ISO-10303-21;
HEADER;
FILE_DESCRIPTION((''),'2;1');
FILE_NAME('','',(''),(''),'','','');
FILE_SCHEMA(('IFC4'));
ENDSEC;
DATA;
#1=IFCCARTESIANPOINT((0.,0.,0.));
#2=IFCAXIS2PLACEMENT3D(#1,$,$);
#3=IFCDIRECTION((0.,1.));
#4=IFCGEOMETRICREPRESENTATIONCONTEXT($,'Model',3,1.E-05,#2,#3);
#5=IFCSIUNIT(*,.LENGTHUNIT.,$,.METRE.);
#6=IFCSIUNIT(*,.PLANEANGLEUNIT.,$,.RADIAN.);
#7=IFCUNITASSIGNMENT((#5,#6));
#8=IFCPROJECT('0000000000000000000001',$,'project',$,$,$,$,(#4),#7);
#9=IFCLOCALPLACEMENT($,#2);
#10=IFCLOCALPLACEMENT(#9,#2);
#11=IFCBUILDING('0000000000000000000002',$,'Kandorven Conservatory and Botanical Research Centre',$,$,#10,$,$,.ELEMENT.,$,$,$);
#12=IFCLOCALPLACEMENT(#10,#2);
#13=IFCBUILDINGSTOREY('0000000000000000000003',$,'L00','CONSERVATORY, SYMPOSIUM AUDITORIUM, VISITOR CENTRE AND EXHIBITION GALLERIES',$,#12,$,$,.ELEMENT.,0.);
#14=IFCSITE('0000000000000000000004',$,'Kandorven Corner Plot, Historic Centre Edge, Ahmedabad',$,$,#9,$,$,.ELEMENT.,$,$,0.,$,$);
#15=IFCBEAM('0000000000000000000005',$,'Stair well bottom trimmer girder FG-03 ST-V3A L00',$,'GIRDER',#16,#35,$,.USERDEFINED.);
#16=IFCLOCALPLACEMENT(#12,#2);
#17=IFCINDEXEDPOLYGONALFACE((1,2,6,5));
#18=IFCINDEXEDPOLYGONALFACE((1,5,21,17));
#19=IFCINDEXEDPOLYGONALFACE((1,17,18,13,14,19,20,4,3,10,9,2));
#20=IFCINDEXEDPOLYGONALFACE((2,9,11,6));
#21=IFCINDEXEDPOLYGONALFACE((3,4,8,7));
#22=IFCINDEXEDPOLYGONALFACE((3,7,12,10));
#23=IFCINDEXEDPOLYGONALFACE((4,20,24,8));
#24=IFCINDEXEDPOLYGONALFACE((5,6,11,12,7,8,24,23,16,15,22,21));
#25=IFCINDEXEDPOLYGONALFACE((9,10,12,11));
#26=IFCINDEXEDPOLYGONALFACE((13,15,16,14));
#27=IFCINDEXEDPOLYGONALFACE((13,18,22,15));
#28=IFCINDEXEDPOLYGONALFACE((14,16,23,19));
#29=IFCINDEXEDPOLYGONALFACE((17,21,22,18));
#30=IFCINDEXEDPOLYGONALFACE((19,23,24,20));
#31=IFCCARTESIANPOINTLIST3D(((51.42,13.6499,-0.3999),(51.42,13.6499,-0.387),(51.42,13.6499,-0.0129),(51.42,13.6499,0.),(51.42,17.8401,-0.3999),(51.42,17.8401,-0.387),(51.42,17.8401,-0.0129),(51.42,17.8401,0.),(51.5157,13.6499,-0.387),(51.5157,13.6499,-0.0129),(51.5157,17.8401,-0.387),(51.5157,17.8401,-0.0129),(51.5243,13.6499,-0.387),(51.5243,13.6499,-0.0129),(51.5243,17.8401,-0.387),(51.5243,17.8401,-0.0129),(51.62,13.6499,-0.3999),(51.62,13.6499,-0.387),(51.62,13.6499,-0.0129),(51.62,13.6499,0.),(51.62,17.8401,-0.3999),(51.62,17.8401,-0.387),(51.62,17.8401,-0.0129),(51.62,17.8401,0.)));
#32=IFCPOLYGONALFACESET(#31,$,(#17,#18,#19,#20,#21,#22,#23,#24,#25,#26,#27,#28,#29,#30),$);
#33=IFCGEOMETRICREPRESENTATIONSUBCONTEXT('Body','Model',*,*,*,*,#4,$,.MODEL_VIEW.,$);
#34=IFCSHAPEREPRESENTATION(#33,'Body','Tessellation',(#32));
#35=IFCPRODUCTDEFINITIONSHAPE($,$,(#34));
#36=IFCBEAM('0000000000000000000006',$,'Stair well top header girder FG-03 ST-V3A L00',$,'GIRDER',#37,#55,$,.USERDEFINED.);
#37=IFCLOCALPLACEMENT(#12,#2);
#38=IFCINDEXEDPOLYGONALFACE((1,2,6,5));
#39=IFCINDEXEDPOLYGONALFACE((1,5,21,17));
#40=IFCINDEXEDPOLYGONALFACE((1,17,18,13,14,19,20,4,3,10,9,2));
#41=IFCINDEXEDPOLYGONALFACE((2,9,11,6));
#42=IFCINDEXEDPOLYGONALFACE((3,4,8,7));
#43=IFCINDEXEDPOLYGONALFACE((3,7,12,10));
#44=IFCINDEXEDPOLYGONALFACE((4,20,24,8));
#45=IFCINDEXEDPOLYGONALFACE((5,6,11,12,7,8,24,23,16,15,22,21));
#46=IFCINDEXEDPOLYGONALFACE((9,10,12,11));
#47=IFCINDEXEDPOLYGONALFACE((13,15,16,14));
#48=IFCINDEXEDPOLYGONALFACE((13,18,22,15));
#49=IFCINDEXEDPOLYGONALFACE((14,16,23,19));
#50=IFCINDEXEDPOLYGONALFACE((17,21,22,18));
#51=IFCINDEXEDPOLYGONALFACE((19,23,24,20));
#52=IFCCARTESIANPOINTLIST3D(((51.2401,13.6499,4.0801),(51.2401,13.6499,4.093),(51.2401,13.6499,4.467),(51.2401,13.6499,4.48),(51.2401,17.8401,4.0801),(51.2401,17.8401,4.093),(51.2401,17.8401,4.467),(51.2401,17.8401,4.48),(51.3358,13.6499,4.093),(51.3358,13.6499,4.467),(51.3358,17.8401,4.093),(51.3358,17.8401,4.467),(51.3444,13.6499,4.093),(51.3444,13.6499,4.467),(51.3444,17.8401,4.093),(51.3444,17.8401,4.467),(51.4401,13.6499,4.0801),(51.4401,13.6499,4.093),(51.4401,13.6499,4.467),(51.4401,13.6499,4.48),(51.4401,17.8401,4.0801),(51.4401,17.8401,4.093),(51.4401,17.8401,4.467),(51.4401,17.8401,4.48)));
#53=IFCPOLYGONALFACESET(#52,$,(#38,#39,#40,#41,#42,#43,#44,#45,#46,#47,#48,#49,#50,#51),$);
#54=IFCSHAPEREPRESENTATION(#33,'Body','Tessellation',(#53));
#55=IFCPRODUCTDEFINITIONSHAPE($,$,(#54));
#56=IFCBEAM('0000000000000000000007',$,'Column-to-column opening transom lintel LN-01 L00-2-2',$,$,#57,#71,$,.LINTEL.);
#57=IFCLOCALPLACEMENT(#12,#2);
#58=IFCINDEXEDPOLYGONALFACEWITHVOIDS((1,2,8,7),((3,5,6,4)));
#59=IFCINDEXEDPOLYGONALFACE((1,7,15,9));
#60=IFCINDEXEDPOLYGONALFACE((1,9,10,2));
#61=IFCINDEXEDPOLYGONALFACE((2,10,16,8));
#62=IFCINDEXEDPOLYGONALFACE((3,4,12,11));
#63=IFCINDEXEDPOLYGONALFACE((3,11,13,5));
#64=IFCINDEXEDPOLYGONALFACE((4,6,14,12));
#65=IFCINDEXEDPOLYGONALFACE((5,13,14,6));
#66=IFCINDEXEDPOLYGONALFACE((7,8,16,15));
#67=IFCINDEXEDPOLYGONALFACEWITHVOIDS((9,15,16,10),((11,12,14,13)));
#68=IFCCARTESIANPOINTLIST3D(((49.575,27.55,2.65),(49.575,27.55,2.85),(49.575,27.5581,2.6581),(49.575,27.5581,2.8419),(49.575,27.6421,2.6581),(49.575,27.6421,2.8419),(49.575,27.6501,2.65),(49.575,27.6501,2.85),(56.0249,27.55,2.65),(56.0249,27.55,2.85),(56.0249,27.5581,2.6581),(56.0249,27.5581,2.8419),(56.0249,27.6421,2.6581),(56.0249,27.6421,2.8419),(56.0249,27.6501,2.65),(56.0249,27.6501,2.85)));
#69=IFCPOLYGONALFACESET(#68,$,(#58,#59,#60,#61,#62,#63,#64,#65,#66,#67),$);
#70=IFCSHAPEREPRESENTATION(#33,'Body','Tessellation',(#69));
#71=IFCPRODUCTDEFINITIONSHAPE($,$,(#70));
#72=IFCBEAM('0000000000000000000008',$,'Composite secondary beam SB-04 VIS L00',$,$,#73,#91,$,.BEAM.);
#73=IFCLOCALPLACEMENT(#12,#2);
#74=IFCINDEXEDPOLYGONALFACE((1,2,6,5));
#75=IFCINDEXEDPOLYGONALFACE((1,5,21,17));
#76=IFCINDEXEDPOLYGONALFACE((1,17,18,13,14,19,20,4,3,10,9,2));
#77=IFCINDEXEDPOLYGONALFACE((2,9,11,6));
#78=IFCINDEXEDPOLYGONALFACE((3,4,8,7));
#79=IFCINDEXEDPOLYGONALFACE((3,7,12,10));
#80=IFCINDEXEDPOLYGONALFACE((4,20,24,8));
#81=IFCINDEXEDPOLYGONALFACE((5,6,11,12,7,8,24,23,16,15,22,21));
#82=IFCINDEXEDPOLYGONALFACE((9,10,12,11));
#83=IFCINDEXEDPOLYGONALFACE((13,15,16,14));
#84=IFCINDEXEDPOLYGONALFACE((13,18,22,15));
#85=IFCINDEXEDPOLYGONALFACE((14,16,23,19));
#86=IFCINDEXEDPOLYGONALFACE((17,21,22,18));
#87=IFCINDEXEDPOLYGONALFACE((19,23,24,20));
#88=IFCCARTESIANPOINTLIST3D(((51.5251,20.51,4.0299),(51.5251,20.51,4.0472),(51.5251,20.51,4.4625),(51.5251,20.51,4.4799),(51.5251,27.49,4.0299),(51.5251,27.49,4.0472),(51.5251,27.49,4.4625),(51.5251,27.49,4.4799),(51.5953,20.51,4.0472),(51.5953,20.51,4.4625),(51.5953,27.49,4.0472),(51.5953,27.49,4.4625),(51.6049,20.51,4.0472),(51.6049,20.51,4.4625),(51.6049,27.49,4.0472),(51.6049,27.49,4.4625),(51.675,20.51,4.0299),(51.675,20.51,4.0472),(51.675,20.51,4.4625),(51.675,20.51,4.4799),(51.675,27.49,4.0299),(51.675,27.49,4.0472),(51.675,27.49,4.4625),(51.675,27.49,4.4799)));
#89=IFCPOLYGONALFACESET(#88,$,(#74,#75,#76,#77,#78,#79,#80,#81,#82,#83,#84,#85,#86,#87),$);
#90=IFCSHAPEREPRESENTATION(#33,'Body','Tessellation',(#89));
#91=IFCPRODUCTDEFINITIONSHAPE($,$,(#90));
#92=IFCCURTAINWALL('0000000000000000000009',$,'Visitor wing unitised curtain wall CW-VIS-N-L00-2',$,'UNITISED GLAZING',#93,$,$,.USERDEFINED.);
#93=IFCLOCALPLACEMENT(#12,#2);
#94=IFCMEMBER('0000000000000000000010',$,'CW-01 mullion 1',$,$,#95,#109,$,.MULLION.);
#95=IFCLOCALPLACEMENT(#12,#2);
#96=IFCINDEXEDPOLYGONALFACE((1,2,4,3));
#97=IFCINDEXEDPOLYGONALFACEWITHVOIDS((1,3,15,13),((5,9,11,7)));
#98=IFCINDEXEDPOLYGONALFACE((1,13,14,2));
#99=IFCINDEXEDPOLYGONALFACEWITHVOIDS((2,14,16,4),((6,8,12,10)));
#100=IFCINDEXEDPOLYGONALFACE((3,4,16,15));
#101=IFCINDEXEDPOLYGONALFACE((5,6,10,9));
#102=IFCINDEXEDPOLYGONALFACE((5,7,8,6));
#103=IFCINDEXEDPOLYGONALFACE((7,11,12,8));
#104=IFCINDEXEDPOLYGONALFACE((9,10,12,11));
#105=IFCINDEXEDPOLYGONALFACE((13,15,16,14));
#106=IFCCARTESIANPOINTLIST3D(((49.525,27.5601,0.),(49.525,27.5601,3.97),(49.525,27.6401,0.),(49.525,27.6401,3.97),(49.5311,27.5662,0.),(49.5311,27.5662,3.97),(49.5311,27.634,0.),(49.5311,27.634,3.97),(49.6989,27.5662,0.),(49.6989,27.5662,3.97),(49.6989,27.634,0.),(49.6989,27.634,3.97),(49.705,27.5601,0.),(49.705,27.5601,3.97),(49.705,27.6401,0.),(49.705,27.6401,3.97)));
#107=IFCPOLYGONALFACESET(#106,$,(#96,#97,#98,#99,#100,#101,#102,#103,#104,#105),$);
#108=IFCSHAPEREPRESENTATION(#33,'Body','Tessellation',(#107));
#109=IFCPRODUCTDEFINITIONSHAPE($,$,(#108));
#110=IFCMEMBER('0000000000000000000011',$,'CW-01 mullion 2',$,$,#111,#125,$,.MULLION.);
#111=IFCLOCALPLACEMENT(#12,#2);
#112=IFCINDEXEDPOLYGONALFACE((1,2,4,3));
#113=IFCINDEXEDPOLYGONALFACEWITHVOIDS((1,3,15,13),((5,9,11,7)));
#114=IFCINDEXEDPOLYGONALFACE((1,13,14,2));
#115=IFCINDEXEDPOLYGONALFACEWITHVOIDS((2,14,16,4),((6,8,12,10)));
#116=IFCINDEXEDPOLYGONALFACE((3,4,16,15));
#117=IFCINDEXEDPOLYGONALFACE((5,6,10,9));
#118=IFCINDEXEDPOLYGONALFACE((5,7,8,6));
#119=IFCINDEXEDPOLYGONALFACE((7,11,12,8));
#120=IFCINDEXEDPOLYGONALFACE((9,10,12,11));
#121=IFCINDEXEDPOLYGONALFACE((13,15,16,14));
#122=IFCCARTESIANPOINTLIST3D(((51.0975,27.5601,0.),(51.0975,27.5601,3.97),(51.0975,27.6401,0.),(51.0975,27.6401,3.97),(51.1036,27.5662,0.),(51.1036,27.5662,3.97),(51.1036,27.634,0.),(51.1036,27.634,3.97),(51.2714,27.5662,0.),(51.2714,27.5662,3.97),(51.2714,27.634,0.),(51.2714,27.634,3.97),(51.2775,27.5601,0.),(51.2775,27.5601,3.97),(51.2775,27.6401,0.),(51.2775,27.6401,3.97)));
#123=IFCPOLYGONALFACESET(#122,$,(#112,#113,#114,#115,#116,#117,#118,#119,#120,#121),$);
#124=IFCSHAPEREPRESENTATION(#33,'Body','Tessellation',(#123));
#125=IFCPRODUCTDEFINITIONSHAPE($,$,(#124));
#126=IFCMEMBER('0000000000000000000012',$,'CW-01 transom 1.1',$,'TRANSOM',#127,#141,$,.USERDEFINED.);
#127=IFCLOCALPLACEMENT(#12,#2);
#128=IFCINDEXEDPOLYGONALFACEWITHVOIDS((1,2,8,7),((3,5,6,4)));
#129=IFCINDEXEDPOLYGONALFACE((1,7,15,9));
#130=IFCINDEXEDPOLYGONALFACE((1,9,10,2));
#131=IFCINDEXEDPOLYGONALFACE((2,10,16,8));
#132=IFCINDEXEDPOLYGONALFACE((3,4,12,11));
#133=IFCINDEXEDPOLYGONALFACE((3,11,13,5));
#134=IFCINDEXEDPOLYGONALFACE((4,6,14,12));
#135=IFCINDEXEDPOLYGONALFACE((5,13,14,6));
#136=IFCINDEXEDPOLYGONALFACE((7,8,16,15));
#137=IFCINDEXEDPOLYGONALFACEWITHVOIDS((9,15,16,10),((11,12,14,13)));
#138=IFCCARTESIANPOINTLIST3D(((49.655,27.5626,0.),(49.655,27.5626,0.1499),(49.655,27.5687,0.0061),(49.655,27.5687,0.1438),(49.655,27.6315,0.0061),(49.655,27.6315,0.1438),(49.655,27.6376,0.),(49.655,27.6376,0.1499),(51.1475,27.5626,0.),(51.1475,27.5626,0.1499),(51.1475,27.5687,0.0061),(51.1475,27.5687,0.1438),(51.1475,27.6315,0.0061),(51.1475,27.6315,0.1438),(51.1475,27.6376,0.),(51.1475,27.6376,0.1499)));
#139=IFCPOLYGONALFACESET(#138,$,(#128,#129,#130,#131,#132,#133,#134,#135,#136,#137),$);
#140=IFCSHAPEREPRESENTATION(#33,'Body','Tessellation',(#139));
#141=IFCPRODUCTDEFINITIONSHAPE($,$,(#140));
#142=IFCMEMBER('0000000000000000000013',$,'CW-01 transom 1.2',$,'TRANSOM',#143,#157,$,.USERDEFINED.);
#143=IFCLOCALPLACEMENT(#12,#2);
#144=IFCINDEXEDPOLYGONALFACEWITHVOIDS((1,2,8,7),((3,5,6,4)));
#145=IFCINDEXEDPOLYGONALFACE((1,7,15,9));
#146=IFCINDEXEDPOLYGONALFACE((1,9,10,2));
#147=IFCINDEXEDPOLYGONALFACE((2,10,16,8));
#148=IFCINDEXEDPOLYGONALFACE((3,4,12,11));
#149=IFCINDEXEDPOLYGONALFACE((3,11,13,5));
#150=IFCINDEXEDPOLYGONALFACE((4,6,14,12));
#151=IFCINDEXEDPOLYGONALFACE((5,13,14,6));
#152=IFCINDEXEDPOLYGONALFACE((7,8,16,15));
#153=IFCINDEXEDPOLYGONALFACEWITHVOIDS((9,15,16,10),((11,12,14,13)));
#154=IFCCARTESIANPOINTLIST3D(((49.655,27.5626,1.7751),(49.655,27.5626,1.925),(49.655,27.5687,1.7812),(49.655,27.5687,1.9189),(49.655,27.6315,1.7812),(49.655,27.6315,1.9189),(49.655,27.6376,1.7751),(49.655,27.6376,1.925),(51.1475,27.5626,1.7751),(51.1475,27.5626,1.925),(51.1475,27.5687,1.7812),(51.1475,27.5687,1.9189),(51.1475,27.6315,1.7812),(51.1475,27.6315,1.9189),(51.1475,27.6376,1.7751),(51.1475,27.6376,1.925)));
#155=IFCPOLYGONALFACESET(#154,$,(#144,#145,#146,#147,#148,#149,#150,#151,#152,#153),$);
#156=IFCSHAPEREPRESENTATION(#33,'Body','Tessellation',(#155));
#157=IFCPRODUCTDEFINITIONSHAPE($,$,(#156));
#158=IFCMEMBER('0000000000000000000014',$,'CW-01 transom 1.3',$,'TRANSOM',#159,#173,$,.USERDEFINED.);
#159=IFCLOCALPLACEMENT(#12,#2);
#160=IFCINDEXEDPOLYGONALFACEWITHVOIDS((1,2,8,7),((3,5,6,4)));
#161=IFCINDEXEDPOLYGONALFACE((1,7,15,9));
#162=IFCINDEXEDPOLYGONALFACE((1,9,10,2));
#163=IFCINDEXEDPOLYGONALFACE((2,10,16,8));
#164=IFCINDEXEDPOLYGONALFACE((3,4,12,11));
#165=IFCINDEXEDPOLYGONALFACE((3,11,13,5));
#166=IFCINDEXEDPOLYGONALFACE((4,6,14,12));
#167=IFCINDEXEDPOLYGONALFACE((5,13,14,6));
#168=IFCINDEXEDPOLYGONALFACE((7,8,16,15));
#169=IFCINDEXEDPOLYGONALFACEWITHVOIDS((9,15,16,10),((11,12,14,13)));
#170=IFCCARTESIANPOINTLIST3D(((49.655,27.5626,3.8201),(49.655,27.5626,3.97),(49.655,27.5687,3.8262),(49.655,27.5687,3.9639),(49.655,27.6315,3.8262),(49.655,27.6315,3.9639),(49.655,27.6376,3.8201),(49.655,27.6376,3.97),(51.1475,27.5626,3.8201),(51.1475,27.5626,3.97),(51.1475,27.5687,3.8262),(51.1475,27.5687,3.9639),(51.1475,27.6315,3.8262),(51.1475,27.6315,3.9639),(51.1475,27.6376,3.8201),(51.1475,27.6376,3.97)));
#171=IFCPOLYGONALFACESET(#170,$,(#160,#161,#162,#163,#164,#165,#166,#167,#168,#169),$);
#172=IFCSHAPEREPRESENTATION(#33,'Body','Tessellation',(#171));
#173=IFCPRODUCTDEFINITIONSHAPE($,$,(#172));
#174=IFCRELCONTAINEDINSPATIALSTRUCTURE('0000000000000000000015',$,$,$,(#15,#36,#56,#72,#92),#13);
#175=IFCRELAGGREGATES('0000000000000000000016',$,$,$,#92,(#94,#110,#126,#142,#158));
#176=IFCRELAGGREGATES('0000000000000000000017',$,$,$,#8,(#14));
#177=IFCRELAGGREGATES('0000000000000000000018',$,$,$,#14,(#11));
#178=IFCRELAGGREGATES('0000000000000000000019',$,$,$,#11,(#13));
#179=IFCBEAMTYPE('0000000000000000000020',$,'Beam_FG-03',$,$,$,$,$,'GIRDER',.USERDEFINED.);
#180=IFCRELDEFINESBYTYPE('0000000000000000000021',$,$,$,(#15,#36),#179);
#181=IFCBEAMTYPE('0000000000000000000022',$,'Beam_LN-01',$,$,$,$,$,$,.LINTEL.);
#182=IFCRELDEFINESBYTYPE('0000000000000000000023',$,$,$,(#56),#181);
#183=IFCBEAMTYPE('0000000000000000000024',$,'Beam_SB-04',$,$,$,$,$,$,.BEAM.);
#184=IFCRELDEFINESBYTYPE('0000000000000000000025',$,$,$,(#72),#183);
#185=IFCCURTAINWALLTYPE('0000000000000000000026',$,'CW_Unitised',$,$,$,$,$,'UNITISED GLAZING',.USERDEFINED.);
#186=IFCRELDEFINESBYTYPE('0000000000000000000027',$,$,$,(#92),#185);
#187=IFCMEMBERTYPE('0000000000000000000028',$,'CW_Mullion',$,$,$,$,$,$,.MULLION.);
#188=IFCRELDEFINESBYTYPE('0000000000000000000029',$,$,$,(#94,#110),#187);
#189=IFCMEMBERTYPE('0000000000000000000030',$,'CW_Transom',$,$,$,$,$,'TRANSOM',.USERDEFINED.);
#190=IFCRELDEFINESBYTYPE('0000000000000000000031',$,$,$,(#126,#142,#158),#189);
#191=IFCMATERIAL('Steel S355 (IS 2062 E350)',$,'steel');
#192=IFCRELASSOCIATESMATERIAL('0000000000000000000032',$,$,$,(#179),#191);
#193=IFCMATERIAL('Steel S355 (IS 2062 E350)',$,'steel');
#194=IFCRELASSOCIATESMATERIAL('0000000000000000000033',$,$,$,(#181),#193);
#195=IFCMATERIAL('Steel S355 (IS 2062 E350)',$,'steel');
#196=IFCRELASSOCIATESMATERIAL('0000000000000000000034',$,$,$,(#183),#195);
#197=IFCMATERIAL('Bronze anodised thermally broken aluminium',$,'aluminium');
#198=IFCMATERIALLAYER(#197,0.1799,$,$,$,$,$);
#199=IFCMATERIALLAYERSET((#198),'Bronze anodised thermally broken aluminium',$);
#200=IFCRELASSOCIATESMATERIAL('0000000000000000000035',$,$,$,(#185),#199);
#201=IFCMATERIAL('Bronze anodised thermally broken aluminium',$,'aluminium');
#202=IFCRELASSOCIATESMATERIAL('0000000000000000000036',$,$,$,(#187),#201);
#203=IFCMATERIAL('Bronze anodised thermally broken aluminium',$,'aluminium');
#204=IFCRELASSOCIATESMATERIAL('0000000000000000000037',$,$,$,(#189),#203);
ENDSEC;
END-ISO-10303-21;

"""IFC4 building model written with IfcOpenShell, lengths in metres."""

from ifc_helpers import new_model, si_unit, direction, frame, origin, origin_2d, place, context, subcontext, project, spatial, hollow_rectangle, i_section, extrude, material, layer, layer_set, material_profile, profile_set, type_object, element, aggregate, save


model = new_model("IFC4")

# Units and contexts
model_context = context("Model", 3, precision=1e-05, world=origin(), true_north=direction((0.0, 1.0)))
body_context = subcontext(model_context, "Body", "Model", "MODEL_VIEW")
ifc_project = project(units=[si_unit("LENGTHUNIT", "METRE"), si_unit("PLANEANGLEUNIT", "RADIAN")], contexts=[model_context])

# Site, building, storey
site_placement = place(None, origin())
site = spatial("IfcSite", under=ifc_project, at=site_placement, Name="Kandorven Corner Plot, Historic Centre Edge, Ahmedabad", CompositionType="ELEMENT", RefElevation=0.0)
building_placement = place(site_placement, origin())
building = spatial("IfcBuilding", under=site, at=building_placement, Name="Kandorven Conservatory and Botanical Research Centre", CompositionType="ELEMENT")
storey_placement = place(building_placement, origin())
storey = spatial("IfcBuildingStorey", under=building, at=storey_placement, Name="L00", Description="CONSERVATORY, SYMPOSIUM AUDITORIUM, VISITOR CENTRE AND EXHIBITION GALLERIES", CompositionType="ELEMENT", Elevation=0.0)

# Beams
ifc_material_1 = material(Name="Steel S355 (IS 2062 E350)", Category="steel")
ifc_material_profile_1 = material_profile(ifc_material_1, i_section(OverallWidth=0.2, OverallDepth=0.3999, WebThickness=0.0085, FlangeThickness=0.0129, at=origin_2d()))
ifc_profile_set_1 = profile_set([ifc_material_profile_1], Name="Steel S355 (IS 2062 E350)")
beam_type_1 = type_object("IfcBeamType", Name="Beam_FG-03", ElementType="GIRDER", PredefinedType="USERDEFINED", material=ifc_profile_set_1)
for number, where, z_axis, x_axis, name in (
    (1, (51.52, 13.6499, -0.2), (0.0, 1.0, 0.0), (-1.0, 0.0, 0.0), "Stair well bottom trimmer girder FG-03 ST-V3A L00"),
    (2, (51.3401, 13.6499, 4.28), (0.0, 1.0, 0.0), (-1.0, 0.0, 0.0), "Stair well top header girder FG-03 ST-V3A L00"),
):
    element("IfcBeam", number, at=place(storey_placement, frame(where, z_axis=z_axis, x_axis=x_axis)), inside=storey, type_object=beam_type_1, Name=name, ObjectType="GIRDER", PredefinedType="USERDEFINED", context=body_context, shape_type="SweptSolid", body=[
        extrude(i_section(OverallWidth=0.2, OverallDepth=0.3999, WebThickness=0.0085, FlangeThickness=0.0129, at=origin_2d()), origin(), (0.0, 0.0, 1.0), 4.1902),
    ])
ifc_material_2 = material(Name="Steel S355 (IS 2062 E350)", Category="steel")
ifc_material_profile_2 = material_profile(ifc_material_2, hollow_rectangle(XDim=0.1001, YDim=0.2, WallThickness=0.0081, at=origin_2d()))
ifc_profile_set_2 = profile_set([ifc_material_profile_2], Name="Steel S355 (IS 2062 E350)")
beam_type_2 = type_object("IfcBeamType", Name="Beam_LN-01", PredefinedType="LINTEL", material=ifc_profile_set_2)
beam_1_placement = place(storey_placement, frame((49.575, 27.6001, 2.75), z_axis=(1.0, 0.0, 0.0), x_axis=(0.0, 1.0, 0.0)))
element("IfcBeam", 3, at=beam_1_placement, inside=storey, type_object=beam_type_2, Name="Column-to-column opening transom lintel LN-01 L00-2-2", PredefinedType="LINTEL", context=body_context, shape_type="SweptSolid", body=[
    extrude(hollow_rectangle(XDim=0.1001, YDim=0.2, WallThickness=0.0081, at=origin_2d()), origin(), (0.0, 0.0, 1.0), 6.45),
])
ifc_material_3 = material(Name="Steel S355 (IS 2062 E350)", Category="steel")
ifc_material_profile_3 = material_profile(ifc_material_3, i_section(OverallWidth=0.1499, OverallDepth=0.45, WebThickness=0.0095, FlangeThickness=0.0173, at=origin_2d()))
ifc_profile_set_3 = profile_set([ifc_material_profile_3], Name="Steel S355 (IS 2062 E350)")
beam_type_3 = type_object("IfcBeamType", Name="Beam_SB-04", PredefinedType="BEAM", material=ifc_profile_set_3)
beam_2_placement = place(storey_placement, frame((51.6001, 20.51, 4.2549), z_axis=(0.0, 1.0, 0.0), x_axis=(-1.0, 0.0, 0.0)))
element("IfcBeam", 4, at=beam_2_placement, inside=storey, type_object=beam_type_3, Name="Composite secondary beam SB-04 VIS L00", PredefinedType="BEAM", context=body_context, shape_type="SweptSolid", body=[
    extrude(i_section(OverallWidth=0.1499, OverallDepth=0.45, WebThickness=0.0095, FlangeThickness=0.0173, at=origin_2d()), origin(), (0.0, 0.0, 1.0), 6.98),
])

# Curtain wall, members
ifc_material_4 = material(Name="Bronze anodised thermally broken aluminium", Category="aluminium")
ifc_layer_1 = layer(ifc_material_4, 0.1799)
ifc_layer_set_1 = layer_set([ifc_layer_1], Name="Bronze anodised thermally broken aluminium")
curtain_wall_type = type_object("IfcCurtainWallType", Name="CW_Unitised", ElementType="UNITISED GLAZING", PredefinedType="USERDEFINED", material=ifc_layer_set_1)
curtain_wall_placement = place(storey_placement, origin())
curtain_wall = element("IfcCurtainWall", 5, at=curtain_wall_placement, inside=storey, type_object=curtain_wall_type, Name="Visitor wing unitised curtain wall CW-VIS-N-L00-2", ObjectType="UNITISED GLAZING", PredefinedType="USERDEFINED")
ifc_material_5 = material(Name="Bronze anodised thermally broken aluminium", Category="aluminium")
ifc_material_profile_4 = material_profile(ifc_material_5, hollow_rectangle(XDim=0.0801, YDim=0.1799, WallThickness=0.0061, at=origin_2d()))
ifc_profile_set_4 = profile_set([ifc_material_profile_4], Name="Bronze anodised thermally broken aluminium")
member_type_1 = type_object("IfcMemberType", Name="CW_Mullion", PredefinedType="MULLION", material=ifc_profile_set_4)
member_1_placement = place(storey_placement, frame((49.615, 27.6001, 0.0), z_axis=(0.0, 0.0, 1.0), x_axis=(0.0, 1.0, 0.0)))
member_1 = element("IfcMember", 6, at=member_1_placement, type_object=member_type_1, Name="CW-01 mullion 1", PredefinedType="MULLION", context=body_context, shape_type="SweptSolid", body=[
    extrude(hollow_rectangle(XDim=0.0801, YDim=0.1799, WallThickness=0.0061, at=origin_2d()), origin(), (0.0, 0.0, 1.0), 3.97),
])
member_2_placement = place(storey_placement, frame((51.1875, 27.6001, 0.0), z_axis=(0.0, 0.0, 1.0), x_axis=(0.0, 1.0, 0.0)))
member_2 = element("IfcMember", 7, at=member_2_placement, type_object=member_type_1, Name="CW-01 mullion 2", PredefinedType="MULLION", context=body_context, shape_type="SweptSolid", body=[
    extrude(hollow_rectangle(XDim=0.0801, YDim=0.1799, WallThickness=0.0061, at=origin_2d()), origin(), (0.0, 0.0, 1.0), 3.97),
])
ifc_material_6 = material(Name="Bronze anodised thermally broken aluminium", Category="aluminium")
ifc_material_profile_5 = material_profile(ifc_material_6, hollow_rectangle(XDim=0.075, YDim=0.1499, WallThickness=0.0061, at=origin_2d()))
ifc_profile_set_5 = profile_set([ifc_material_profile_5], Name="Bronze anodised thermally broken aluminium")
member_type_2 = type_object("IfcMemberType", Name="CW_Transom", ElementType="TRANSOM", PredefinedType="USERDEFINED", material=ifc_profile_set_5)
member_3_placement = place(storey_placement, frame((49.655, 27.6001, 0.075), z_axis=(1.0, 0.0, 0.0), x_axis=(0.0, 1.0, 0.0)))
member_3 = element("IfcMember", 8, at=member_3_placement, type_object=member_type_2, Name="CW-01 transom 1.1", ObjectType="TRANSOM", PredefinedType="USERDEFINED", context=body_context, shape_type="SweptSolid", body=[
    extrude(hollow_rectangle(XDim=0.075, YDim=0.1499, WallThickness=0.0061, at=origin_2d()), origin(), (0.0, 0.0, 1.0), 1.4924),
])
member_4_placement = place(storey_placement, frame((49.655, 27.6001, 1.8501), z_axis=(1.0, 0.0, 0.0), x_axis=(0.0, 1.0, 0.0)))
member_4 = element("IfcMember", 9, at=member_4_placement, type_object=member_type_2, Name="CW-01 transom 1.2", ObjectType="TRANSOM", PredefinedType="USERDEFINED", context=body_context, shape_type="SweptSolid", body=[
    extrude(hollow_rectangle(XDim=0.075, YDim=0.1499, WallThickness=0.0061, at=origin_2d()), origin(), (0.0, 0.0, 1.0), 1.4924),
])
member_5_placement = place(storey_placement, frame((49.655, 27.6001, 3.895), z_axis=(1.0, 0.0, 0.0), x_axis=(0.0, 1.0, 0.0)))
member_5 = element("IfcMember", 10, at=member_5_placement, type_object=member_type_2, Name="CW-01 transom 1.3", ObjectType="TRANSOM", PredefinedType="USERDEFINED", context=body_context, shape_type="SweptSolid", body=[
    extrude(hollow_rectangle(XDim=0.075, YDim=0.1499, WallThickness=0.0061, at=origin_2d()), origin(), (0.0, 0.0, 1.0), 1.4924),
])
aggregate(curtain_wall, [member_1, member_2, member_3, member_4, member_5])

save(model, "model.ifc")
